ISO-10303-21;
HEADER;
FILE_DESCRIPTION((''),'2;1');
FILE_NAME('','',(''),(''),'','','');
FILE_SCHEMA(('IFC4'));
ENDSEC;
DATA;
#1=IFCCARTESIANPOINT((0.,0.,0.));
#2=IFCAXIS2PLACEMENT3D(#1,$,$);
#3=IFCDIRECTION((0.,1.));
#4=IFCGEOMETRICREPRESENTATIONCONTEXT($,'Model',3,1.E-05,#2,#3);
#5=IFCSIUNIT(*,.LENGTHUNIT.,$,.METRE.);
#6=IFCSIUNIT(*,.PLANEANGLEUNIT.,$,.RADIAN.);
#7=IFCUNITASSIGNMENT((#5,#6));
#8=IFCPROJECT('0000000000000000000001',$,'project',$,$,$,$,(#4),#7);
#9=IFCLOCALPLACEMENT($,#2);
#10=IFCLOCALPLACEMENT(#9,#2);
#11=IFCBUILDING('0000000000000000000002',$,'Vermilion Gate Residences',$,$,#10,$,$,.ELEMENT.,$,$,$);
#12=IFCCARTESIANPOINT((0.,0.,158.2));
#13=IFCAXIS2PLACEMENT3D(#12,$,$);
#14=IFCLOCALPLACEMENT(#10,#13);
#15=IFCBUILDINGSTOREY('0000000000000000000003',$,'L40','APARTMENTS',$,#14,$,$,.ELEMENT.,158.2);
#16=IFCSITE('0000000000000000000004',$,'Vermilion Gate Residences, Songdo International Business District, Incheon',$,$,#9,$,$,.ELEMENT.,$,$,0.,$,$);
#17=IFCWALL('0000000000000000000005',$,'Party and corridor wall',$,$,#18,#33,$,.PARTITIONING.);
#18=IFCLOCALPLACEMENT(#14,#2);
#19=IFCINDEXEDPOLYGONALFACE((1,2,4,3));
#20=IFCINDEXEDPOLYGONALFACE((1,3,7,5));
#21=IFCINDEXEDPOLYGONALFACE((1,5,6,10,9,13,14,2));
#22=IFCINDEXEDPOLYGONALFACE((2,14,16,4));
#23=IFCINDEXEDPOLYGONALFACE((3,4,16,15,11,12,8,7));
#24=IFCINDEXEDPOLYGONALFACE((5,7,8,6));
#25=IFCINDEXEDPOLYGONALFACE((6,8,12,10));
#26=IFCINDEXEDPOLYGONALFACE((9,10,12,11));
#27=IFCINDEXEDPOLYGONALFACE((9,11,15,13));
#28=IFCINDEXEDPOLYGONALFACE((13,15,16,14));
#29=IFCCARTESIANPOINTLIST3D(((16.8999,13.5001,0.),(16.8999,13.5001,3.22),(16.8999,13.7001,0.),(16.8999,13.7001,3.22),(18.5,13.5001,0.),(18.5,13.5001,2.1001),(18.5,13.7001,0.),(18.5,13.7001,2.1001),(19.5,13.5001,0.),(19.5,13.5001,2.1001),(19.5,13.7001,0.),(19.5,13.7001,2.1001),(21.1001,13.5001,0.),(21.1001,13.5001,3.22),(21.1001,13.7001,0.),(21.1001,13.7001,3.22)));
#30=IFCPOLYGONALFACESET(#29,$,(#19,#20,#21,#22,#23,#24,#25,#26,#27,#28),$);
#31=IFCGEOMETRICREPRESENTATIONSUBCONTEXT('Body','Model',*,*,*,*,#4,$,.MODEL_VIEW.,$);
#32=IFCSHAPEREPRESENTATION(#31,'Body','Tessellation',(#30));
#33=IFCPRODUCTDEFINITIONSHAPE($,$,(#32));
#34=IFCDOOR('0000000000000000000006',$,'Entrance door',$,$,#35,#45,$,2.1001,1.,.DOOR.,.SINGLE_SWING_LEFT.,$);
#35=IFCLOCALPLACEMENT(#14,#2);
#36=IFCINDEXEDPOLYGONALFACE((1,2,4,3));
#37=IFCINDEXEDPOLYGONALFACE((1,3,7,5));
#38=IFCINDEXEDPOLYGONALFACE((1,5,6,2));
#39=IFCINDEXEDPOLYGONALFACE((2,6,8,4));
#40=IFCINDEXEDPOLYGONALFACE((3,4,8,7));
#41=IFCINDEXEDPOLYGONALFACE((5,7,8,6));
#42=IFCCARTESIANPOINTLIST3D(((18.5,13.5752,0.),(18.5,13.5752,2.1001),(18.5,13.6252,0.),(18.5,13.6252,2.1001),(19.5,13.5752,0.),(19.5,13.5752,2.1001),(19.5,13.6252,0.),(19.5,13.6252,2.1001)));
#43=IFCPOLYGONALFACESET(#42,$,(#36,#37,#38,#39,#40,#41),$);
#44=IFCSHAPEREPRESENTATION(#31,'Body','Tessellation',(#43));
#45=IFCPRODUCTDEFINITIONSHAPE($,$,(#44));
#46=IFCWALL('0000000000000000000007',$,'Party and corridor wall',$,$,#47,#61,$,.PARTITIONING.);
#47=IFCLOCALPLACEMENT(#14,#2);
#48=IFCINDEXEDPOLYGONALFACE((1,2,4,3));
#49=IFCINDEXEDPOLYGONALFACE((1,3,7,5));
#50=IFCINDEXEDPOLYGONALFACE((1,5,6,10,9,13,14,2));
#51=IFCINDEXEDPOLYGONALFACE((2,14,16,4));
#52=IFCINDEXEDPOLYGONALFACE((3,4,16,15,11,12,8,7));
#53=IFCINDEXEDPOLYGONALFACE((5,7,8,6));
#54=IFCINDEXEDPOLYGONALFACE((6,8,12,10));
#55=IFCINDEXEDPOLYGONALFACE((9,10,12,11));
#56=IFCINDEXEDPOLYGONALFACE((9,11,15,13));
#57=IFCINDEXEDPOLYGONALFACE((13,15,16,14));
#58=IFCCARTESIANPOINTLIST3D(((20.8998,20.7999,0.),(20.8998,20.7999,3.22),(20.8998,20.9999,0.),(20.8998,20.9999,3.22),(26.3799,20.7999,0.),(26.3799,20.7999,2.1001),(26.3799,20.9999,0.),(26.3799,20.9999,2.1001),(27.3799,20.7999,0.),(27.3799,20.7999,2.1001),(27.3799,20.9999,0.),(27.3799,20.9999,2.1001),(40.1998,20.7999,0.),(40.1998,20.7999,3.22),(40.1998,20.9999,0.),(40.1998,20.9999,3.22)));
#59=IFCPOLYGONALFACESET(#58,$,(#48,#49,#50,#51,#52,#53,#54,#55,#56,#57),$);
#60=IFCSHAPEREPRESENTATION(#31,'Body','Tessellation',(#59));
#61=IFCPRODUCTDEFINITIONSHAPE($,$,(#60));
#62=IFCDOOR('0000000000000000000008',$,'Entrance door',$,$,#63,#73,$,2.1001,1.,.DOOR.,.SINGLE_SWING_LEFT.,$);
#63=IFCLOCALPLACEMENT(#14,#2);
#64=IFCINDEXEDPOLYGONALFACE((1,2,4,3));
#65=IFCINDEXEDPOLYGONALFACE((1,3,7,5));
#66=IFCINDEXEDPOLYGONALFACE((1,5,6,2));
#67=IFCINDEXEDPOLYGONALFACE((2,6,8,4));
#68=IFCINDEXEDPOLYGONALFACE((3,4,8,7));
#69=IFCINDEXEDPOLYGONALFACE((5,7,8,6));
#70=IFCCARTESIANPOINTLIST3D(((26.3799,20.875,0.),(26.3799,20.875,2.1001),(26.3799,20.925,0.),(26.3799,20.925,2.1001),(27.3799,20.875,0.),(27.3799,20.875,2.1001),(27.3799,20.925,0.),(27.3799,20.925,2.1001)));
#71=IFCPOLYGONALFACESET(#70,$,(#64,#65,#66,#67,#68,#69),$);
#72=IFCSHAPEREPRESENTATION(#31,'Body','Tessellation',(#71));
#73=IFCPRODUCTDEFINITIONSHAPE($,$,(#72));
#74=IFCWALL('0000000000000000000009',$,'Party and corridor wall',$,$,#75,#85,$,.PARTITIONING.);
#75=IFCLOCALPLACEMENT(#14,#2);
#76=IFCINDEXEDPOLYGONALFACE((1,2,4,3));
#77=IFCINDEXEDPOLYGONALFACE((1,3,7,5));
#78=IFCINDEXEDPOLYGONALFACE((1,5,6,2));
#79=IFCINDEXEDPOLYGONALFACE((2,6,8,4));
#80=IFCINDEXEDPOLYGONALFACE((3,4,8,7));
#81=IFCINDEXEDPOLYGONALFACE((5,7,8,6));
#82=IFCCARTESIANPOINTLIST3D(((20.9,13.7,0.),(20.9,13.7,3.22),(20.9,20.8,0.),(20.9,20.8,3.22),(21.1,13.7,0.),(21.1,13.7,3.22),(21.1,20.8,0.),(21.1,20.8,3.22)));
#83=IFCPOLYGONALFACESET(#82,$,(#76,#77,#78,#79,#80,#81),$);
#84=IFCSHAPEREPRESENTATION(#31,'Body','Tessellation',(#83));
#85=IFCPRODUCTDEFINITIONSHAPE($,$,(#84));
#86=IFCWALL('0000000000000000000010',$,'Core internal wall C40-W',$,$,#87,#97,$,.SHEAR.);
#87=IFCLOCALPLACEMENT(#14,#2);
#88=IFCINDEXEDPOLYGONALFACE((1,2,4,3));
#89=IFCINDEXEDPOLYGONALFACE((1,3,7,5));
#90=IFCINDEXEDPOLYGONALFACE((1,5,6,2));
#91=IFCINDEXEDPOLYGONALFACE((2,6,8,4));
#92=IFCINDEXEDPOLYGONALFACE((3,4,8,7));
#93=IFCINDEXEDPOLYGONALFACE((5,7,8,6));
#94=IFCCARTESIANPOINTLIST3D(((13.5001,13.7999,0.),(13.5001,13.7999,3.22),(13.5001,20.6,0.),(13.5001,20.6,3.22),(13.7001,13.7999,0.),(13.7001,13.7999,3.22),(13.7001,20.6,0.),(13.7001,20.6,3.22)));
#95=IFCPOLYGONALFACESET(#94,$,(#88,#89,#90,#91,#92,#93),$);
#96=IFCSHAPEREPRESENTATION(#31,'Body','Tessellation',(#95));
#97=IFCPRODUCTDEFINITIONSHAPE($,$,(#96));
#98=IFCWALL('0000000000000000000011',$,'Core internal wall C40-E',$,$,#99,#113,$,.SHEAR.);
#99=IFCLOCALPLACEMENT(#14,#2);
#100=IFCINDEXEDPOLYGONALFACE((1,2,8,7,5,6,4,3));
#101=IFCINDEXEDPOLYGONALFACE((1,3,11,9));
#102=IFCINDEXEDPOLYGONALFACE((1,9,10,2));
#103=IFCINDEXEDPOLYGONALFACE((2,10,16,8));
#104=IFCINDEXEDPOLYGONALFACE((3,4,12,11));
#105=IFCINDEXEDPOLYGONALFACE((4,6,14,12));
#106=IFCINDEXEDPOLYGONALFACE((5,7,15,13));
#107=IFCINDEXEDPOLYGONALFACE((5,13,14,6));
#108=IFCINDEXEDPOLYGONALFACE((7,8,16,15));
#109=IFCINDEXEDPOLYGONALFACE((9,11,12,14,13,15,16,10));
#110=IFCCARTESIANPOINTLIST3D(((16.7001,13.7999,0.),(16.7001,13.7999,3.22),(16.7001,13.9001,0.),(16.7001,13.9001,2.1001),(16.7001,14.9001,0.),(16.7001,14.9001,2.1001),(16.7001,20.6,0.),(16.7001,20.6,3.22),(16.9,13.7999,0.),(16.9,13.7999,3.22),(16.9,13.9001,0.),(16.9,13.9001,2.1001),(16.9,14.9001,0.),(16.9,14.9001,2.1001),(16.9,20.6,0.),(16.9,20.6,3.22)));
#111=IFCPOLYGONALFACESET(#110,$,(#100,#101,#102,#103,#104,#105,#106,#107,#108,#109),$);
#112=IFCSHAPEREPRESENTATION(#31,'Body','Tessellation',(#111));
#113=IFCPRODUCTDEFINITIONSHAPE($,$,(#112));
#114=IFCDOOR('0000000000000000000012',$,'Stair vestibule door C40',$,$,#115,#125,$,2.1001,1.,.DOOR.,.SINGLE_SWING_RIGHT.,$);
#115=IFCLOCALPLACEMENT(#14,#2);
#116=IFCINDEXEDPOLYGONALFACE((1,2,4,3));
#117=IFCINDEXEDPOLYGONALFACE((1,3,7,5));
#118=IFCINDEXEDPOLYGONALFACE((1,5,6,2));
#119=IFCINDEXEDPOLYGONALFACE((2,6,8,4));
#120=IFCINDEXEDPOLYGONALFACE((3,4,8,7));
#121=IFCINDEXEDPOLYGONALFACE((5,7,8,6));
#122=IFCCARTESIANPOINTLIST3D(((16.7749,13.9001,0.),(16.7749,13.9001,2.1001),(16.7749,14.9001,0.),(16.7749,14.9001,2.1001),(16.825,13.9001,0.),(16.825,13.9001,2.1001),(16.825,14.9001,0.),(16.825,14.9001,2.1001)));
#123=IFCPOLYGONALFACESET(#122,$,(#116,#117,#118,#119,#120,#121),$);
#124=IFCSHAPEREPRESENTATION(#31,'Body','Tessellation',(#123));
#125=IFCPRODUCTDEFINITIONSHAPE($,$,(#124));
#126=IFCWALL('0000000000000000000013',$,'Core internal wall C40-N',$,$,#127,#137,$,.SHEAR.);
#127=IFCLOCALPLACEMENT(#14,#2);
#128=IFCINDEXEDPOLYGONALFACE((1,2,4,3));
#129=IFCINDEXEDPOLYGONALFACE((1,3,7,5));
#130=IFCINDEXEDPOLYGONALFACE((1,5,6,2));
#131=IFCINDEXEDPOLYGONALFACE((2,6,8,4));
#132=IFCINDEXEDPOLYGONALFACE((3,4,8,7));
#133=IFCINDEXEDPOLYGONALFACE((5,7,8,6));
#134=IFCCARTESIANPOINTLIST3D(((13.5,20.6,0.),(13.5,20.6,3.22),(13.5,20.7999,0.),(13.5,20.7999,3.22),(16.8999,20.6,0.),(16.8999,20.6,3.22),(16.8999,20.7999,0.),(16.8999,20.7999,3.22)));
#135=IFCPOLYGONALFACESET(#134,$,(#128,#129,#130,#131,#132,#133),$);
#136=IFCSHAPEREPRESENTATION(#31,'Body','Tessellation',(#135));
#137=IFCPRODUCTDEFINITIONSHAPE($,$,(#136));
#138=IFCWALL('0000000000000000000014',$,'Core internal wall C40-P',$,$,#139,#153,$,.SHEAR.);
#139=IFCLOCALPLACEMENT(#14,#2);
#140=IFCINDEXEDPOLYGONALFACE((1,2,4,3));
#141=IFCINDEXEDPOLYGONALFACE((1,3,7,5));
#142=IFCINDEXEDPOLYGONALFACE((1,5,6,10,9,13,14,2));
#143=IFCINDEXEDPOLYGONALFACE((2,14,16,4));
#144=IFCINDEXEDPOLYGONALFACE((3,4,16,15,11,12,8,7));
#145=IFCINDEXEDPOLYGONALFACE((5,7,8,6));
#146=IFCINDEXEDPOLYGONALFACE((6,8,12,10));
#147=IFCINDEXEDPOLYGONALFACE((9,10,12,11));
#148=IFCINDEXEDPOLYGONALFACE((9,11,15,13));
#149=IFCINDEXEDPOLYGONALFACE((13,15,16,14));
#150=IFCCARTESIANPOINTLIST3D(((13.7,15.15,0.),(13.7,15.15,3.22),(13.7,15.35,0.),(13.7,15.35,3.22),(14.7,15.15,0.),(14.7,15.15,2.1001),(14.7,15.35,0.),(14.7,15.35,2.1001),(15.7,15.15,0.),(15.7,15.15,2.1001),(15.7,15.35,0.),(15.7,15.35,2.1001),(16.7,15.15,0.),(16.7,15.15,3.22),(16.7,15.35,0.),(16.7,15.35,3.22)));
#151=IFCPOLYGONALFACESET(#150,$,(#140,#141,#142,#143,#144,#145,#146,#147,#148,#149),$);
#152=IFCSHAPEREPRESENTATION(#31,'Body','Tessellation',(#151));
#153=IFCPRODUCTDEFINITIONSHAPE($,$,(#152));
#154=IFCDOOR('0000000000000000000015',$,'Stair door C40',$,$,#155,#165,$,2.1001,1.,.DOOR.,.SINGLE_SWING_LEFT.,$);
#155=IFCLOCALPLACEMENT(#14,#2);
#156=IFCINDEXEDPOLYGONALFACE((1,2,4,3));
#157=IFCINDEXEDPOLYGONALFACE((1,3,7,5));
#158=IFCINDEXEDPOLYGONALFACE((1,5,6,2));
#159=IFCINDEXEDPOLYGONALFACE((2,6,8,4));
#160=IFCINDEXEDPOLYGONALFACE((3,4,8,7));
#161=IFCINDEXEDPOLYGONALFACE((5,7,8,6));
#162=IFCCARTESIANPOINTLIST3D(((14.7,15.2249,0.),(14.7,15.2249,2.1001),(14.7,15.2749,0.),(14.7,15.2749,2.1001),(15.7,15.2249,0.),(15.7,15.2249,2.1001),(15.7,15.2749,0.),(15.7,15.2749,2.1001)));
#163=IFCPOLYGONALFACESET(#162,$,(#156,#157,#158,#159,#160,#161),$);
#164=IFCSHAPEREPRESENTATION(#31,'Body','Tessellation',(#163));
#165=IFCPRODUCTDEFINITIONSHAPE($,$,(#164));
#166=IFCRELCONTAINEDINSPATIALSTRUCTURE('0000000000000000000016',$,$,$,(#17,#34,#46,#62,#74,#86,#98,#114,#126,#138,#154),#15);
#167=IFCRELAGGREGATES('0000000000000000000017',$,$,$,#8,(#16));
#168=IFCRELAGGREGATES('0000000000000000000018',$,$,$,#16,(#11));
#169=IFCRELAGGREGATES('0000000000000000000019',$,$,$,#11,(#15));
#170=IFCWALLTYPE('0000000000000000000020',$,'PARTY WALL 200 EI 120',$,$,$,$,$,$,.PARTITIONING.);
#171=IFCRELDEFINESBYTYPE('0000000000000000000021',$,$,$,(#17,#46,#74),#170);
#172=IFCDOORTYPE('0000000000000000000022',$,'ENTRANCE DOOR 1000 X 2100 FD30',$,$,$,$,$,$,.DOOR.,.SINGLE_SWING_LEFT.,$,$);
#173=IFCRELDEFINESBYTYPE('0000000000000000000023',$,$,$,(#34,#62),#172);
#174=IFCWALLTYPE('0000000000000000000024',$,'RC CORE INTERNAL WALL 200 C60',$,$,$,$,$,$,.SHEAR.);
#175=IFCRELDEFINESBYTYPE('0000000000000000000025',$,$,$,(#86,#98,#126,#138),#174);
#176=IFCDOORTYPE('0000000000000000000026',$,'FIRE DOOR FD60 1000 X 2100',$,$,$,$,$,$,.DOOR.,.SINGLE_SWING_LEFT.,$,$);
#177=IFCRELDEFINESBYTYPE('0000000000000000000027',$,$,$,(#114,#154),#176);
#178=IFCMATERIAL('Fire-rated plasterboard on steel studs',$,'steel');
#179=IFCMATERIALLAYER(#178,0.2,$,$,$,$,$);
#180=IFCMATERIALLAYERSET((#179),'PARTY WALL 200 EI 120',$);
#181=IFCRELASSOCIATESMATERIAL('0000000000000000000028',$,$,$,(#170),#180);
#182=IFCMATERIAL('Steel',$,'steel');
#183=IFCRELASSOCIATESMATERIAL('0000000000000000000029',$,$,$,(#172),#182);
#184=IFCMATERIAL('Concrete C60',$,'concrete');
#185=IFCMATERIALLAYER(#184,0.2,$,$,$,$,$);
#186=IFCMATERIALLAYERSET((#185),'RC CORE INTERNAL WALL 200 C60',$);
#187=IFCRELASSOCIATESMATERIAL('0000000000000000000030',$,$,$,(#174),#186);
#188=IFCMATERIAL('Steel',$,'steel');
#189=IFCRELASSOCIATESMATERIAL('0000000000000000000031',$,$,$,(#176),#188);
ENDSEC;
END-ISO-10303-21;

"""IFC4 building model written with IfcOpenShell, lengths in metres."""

from ifc_helpers import new_model, si_unit, direction, frame, frame_2d, origin, place, context, subcontext, project, spatial, rectangle, extrude, material, layer, layer_set, type_object, element, fill, save


model = new_model("IFC4")

# Units and contexts
model_context = context("Model", 3, precision=1e-05, world=origin(), true_north=direction((0.0, 1.0)))
body_context = subcontext(model_context, "Body", "Model", "MODEL_VIEW")
ifc_project = project(units=[si_unit("LENGTHUNIT", "METRE"), si_unit("PLANEANGLEUNIT", "RADIAN")], contexts=[model_context])

# Site, building, storey
site_placement = place(None, origin())
site = spatial("IfcSite", under=ifc_project, at=site_placement, Name="Vermilion Gate Residences, Songdo International Business District, Incheon", CompositionType="ELEMENT", RefElevation=0.0)
building_placement = place(site_placement, origin())
building = spatial("IfcBuilding", under=site, at=building_placement, Name="Vermilion Gate Residences", CompositionType="ELEMENT")
storey_placement = place(building_placement, frame((0.0, 0.0, 158.2)))
storey = spatial("IfcBuildingStorey", under=building, at=storey_placement, Name="L40", Description="APARTMENTS", CompositionType="ELEMENT", Elevation=158.2)

# Walls, openings, doors
ifc_material_1 = material(Name="Fire-rated plasterboard on steel studs", Category="steel")
ifc_layer_1 = layer(ifc_material_1, 0.2)
ifc_layer_set_1 = layer_set([ifc_layer_1], Name="PARTY WALL 200 EI 120")
wall_type_1 = type_object("IfcWallType", Name="PARTY WALL 200 EI 120", PredefinedType="PARTITIONING", material=ifc_layer_set_1)
wall_1_placement = place(storey_placement, frame((16.8999, 13.6001, 0.0), z_axis=(0.0, 0.0, 1.0), x_axis=(1.0, 0.0, 0.0)))
wall_1 = element("IfcWall", 1, at=wall_1_placement, inside=storey, type_object=wall_type_1, Name="Party and corridor wall", PredefinedType="PARTITIONING", context=body_context, shape_type="SweptSolid", body=[
    extrude(rectangle(XDim=4.2002, YDim=0.2, at=frame_2d((2.1001, 0.0))), origin(), (0.0, 0.0, 1.0), 3.22),
])
opening_1_placement = place(wall_1_placement, frame((1.6001, 0.0, 0.0)))
opening_1 = element("IfcOpeningElement", 2, at=opening_1_placement, cuts=wall_1, PredefinedType="OPENING", context=body_context, shape_type="SweptSolid", body=[
    extrude(rectangle(XDim=1.0, YDim=2.1001, at=frame_2d((0.5, 1.05))), frame((0.0, 0.1099, 0.0), z_axis=(0.0, -1.0, 0.0), x_axis=(1.0, 0.0, 0.0)), (0.0, 0.0, 1.0), 0.22),
])
ifc_material_2 = material(Name="Steel", Category="steel")
door_type_1 = type_object("IfcDoorType", Name="ENTRANCE DOOR 1000 X 2100 FD30", OperationType="SINGLE_SWING_LEFT", PredefinedType="DOOR", material=ifc_material_2)
door_1_placement = place(opening_1_placement, frame((1.0, 0.0, 0.0), z_axis=(0.0, 0.0, 1.0), x_axis=(-1.0, 0.0, 0.0)))
door_1 = element("IfcDoor", 3, at=door_1_placement, inside=storey, type_object=door_type_1, Name="Entrance door", OperationType="SINGLE_SWING_LEFT", OverallHeight=2.1001, OverallWidth=1.0, PredefinedType="DOOR", context=body_context, shape_type="SweptSolid", body=[
    extrude(rectangle(XDim=1.0, YDim=2.1001, at=frame_2d((0.5, 1.05))), frame((0.0, 0.0249, 0.0), z_axis=(0.0, -1.0, 0.0), x_axis=(1.0, 0.0, 0.0)), (0.0, 0.0, 1.0), 0.05),
])
fill(opening_1, door_1)
wall_2_placement = place(storey_placement, frame((20.8999, 20.8999, 0.0), z_axis=(0.0, 0.0, 1.0), x_axis=(1.0, 0.0, 0.0)))
wall_2 = element("IfcWall", 4, at=wall_2_placement, inside=storey, type_object=wall_type_1, Name="Party and corridor wall", PredefinedType="PARTITIONING", context=body_context, shape_type="SweptSolid", body=[
    extrude(rectangle(XDim=19.3, YDim=0.2, at=frame_2d((9.6499, 0.0))), origin(), (0.0, 0.0, 1.0), 3.22),
])
opening_2_placement = place(wall_2_placement, frame((5.48, 0.0, 0.0)))
opening_2 = element("IfcOpeningElement", 5, at=opening_2_placement, cuts=wall_2, PredefinedType="OPENING", context=body_context, shape_type="SweptSolid", body=[
    extrude(rectangle(XDim=1.0, YDim=2.1001, at=frame_2d((0.5, 1.05))), frame((0.0, 0.1099, 0.0), z_axis=(0.0, -1.0, 0.0), x_axis=(1.0, 0.0, 0.0)), (0.0, 0.0, 1.0), 0.22),
])
door_2_placement = place(opening_2_placement, frame((1.0, 0.0, 0.0), z_axis=(0.0, 0.0, 1.0), x_axis=(-1.0, 0.0, 0.0)))
door_2 = element("IfcDoor", 6, at=door_2_placement, inside=storey, type_object=door_type_1, Name="Entrance door", OperationType="SINGLE_SWING_LEFT", OverallHeight=2.1001, OverallWidth=1.0, PredefinedType="DOOR", context=body_context, shape_type="SweptSolid", body=[
    extrude(rectangle(XDim=1.0, YDim=2.1001, at=frame_2d((0.5, 1.05))), frame((0.0, 0.0249, 0.0), z_axis=(0.0, -1.0, 0.0), x_axis=(1.0, 0.0, 0.0)), (0.0, 0.0, 1.0), 0.05),
])
fill(opening_2, door_2)

# Walls
wall_3_placement = place(storey_placement, frame((21.0, 13.7, 0.0), z_axis=(0.0, 0.0, 1.0), x_axis=(0.0, 1.0, 0.0)))
element("IfcWall", 7, at=wall_3_placement, inside=storey, type_object=wall_type_1, Name="Party and corridor wall", PredefinedType="PARTITIONING", context=body_context, shape_type="SweptSolid", body=[
    extrude(rectangle(XDim=7.1001, YDim=0.2, at=frame_2d((3.55, 0.0))), origin(), (0.0, 0.0, 1.0), 3.22),
])
ifc_material_3 = material(Name="Concrete C60", Category="concrete")
ifc_layer_2 = layer(ifc_material_3, 0.2)
ifc_layer_set_2 = layer_set([ifc_layer_2], Name="RC CORE INTERNAL WALL 200 C60")
wall_type_2 = type_object("IfcWallType", Name="RC CORE INTERNAL WALL 200 C60", PredefinedType="SHEAR", material=ifc_layer_set_2)
wall_4_placement = place(storey_placement, frame((13.6001, 13.8, 0.0), z_axis=(0.0, 0.0, 1.0), x_axis=(0.0, 1.0, 0.0)))
element("IfcWall", 8, at=wall_4_placement, inside=storey, type_object=wall_type_2, Name="Core internal wall C40-W", PredefinedType="SHEAR", context=body_context, shape_type="SweptSolid", body=[
    extrude(rectangle(XDim=6.8, YDim=0.2, at=frame_2d((3.3999, 0.0))), origin(), (0.0, 0.0, 1.0), 3.22),
])

# Wall, opening, door
wall_5_placement = place(storey_placement, frame((16.8, 13.8, 0.0), z_axis=(0.0, 0.0, 1.0), x_axis=(0.0, 1.0, 0.0)))
wall_5 = element("IfcWall", 9, at=wall_5_placement, inside=storey, type_object=wall_type_2, Name="Core internal wall C40-E", PredefinedType="SHEAR", context=body_context, shape_type="SweptSolid", body=[
    extrude(rectangle(XDim=6.8, YDim=0.2, at=frame_2d((3.3999, 0.0))), origin(), (0.0, 0.0, 1.0), 3.22),
])
opening_3_placement = place(wall_5_placement, frame((0.1001, 0.0, 0.0)))
opening_3 = element("IfcOpeningElement", 10, at=opening_3_placement, cuts=wall_5, PredefinedType="OPENING", context=body_context, shape_type="SweptSolid", body=[
    extrude(rectangle(XDim=1.0, YDim=2.1001, at=frame_2d((0.5, 1.05))), frame((0.0, 0.1099, 0.0), z_axis=(0.0, -1.0, 0.0), x_axis=(1.0, 0.0, 0.0)), (0.0, 0.0, 1.0), 0.22),
])
ifc_material_4 = material(Name="Steel", Category="steel")
door_type_2 = type_object("IfcDoorType", Name="FIRE DOOR FD60 1000 X 2100", OperationType="SINGLE_SWING_LEFT", PredefinedType="DOOR", material=ifc_material_4)
door_3_placement = place(opening_3_placement, frame((1.0, 0.0, 0.0), z_axis=(0.0, 0.0, 1.0), x_axis=(-1.0, 0.0, 0.0)))
door_3 = element("IfcDoor", 11, at=door_3_placement, inside=storey, type_object=door_type_2, Name="Stair vestibule door C40", OperationType="SINGLE_SWING_RIGHT", OverallHeight=2.1001, OverallWidth=1.0, PredefinedType="DOOR", context=body_context, shape_type="SweptSolid", body=[
    extrude(rectangle(XDim=1.0, YDim=2.1001, at=frame_2d((0.5, 1.05))), frame((0.0, 0.0249, 0.0), z_axis=(0.0, -1.0, 0.0), x_axis=(1.0, 0.0, 0.0)), (0.0, 0.0, 1.0), 0.05),
])
fill(opening_3, door_3)

# Wall
wall_6_placement = place(storey_placement, frame((13.5, 20.7, 0.0), z_axis=(0.0, 0.0, 1.0), x_axis=(1.0, 0.0, 0.0)))
element("IfcWall", 12, at=wall_6_placement, inside=storey, type_object=wall_type_2, Name="Core internal wall C40-N", PredefinedType="SHEAR", context=body_context, shape_type="SweptSolid", body=[
    extrude(rectangle(XDim=3.3999, YDim=0.2, at=frame_2d((1.7, 0.0))), origin(), (0.0, 0.0, 1.0), 3.22),
])

# Wall, opening, door
wall_7_placement = place(storey_placement, frame((13.7, 15.25, 0.0), z_axis=(0.0, 0.0, 1.0), x_axis=(1.0, 0.0, 0.0)))
wall_7 = element("IfcWall", 13, at=wall_7_placement, inside=storey, type_object=wall_type_2, Name="Core internal wall C40-P", PredefinedType="SHEAR", context=body_context, shape_type="SweptSolid", body=[
    extrude(rectangle(XDim=3.0, YDim=0.2, at=frame_2d((1.5, 0.0))), origin(), (0.0, 0.0, 1.0), 3.22),
])
opening_4_placement = place(wall_7_placement, frame((1.0, 0.0, 0.0)))
opening_4 = element("IfcOpeningElement", 14, at=opening_4_placement, cuts=wall_7, PredefinedType="OPENING", context=body_context, shape_type="SweptSolid", body=[
    extrude(rectangle(XDim=1.0, YDim=2.1001, at=frame_2d((0.5, 1.05))), frame((0.0, 0.1099, 0.0), z_axis=(0.0, -1.0, 0.0), x_axis=(1.0, 0.0, 0.0)), (0.0, 0.0, 1.0), 0.22),
])
door_4_placement = place(opening_4_placement, origin())
door_4 = element("IfcDoor", 15, at=door_4_placement, inside=storey, type_object=door_type_2, Name="Stair door C40", OperationType="SINGLE_SWING_LEFT", OverallHeight=2.1001, OverallWidth=1.0, PredefinedType="DOOR", context=body_context, shape_type="SweptSolid", body=[
    extrude(rectangle(XDim=1.0, YDim=2.1001, at=frame_2d((0.5, 1.05))), frame((0.0, 0.0249, 0.0), z_axis=(0.0, -1.0, 0.0), x_axis=(1.0, 0.0, 0.0)), (0.0, 0.0, 1.0), 0.05),
])
fill(opening_4, door_4)

save(model, "model.ifc")
